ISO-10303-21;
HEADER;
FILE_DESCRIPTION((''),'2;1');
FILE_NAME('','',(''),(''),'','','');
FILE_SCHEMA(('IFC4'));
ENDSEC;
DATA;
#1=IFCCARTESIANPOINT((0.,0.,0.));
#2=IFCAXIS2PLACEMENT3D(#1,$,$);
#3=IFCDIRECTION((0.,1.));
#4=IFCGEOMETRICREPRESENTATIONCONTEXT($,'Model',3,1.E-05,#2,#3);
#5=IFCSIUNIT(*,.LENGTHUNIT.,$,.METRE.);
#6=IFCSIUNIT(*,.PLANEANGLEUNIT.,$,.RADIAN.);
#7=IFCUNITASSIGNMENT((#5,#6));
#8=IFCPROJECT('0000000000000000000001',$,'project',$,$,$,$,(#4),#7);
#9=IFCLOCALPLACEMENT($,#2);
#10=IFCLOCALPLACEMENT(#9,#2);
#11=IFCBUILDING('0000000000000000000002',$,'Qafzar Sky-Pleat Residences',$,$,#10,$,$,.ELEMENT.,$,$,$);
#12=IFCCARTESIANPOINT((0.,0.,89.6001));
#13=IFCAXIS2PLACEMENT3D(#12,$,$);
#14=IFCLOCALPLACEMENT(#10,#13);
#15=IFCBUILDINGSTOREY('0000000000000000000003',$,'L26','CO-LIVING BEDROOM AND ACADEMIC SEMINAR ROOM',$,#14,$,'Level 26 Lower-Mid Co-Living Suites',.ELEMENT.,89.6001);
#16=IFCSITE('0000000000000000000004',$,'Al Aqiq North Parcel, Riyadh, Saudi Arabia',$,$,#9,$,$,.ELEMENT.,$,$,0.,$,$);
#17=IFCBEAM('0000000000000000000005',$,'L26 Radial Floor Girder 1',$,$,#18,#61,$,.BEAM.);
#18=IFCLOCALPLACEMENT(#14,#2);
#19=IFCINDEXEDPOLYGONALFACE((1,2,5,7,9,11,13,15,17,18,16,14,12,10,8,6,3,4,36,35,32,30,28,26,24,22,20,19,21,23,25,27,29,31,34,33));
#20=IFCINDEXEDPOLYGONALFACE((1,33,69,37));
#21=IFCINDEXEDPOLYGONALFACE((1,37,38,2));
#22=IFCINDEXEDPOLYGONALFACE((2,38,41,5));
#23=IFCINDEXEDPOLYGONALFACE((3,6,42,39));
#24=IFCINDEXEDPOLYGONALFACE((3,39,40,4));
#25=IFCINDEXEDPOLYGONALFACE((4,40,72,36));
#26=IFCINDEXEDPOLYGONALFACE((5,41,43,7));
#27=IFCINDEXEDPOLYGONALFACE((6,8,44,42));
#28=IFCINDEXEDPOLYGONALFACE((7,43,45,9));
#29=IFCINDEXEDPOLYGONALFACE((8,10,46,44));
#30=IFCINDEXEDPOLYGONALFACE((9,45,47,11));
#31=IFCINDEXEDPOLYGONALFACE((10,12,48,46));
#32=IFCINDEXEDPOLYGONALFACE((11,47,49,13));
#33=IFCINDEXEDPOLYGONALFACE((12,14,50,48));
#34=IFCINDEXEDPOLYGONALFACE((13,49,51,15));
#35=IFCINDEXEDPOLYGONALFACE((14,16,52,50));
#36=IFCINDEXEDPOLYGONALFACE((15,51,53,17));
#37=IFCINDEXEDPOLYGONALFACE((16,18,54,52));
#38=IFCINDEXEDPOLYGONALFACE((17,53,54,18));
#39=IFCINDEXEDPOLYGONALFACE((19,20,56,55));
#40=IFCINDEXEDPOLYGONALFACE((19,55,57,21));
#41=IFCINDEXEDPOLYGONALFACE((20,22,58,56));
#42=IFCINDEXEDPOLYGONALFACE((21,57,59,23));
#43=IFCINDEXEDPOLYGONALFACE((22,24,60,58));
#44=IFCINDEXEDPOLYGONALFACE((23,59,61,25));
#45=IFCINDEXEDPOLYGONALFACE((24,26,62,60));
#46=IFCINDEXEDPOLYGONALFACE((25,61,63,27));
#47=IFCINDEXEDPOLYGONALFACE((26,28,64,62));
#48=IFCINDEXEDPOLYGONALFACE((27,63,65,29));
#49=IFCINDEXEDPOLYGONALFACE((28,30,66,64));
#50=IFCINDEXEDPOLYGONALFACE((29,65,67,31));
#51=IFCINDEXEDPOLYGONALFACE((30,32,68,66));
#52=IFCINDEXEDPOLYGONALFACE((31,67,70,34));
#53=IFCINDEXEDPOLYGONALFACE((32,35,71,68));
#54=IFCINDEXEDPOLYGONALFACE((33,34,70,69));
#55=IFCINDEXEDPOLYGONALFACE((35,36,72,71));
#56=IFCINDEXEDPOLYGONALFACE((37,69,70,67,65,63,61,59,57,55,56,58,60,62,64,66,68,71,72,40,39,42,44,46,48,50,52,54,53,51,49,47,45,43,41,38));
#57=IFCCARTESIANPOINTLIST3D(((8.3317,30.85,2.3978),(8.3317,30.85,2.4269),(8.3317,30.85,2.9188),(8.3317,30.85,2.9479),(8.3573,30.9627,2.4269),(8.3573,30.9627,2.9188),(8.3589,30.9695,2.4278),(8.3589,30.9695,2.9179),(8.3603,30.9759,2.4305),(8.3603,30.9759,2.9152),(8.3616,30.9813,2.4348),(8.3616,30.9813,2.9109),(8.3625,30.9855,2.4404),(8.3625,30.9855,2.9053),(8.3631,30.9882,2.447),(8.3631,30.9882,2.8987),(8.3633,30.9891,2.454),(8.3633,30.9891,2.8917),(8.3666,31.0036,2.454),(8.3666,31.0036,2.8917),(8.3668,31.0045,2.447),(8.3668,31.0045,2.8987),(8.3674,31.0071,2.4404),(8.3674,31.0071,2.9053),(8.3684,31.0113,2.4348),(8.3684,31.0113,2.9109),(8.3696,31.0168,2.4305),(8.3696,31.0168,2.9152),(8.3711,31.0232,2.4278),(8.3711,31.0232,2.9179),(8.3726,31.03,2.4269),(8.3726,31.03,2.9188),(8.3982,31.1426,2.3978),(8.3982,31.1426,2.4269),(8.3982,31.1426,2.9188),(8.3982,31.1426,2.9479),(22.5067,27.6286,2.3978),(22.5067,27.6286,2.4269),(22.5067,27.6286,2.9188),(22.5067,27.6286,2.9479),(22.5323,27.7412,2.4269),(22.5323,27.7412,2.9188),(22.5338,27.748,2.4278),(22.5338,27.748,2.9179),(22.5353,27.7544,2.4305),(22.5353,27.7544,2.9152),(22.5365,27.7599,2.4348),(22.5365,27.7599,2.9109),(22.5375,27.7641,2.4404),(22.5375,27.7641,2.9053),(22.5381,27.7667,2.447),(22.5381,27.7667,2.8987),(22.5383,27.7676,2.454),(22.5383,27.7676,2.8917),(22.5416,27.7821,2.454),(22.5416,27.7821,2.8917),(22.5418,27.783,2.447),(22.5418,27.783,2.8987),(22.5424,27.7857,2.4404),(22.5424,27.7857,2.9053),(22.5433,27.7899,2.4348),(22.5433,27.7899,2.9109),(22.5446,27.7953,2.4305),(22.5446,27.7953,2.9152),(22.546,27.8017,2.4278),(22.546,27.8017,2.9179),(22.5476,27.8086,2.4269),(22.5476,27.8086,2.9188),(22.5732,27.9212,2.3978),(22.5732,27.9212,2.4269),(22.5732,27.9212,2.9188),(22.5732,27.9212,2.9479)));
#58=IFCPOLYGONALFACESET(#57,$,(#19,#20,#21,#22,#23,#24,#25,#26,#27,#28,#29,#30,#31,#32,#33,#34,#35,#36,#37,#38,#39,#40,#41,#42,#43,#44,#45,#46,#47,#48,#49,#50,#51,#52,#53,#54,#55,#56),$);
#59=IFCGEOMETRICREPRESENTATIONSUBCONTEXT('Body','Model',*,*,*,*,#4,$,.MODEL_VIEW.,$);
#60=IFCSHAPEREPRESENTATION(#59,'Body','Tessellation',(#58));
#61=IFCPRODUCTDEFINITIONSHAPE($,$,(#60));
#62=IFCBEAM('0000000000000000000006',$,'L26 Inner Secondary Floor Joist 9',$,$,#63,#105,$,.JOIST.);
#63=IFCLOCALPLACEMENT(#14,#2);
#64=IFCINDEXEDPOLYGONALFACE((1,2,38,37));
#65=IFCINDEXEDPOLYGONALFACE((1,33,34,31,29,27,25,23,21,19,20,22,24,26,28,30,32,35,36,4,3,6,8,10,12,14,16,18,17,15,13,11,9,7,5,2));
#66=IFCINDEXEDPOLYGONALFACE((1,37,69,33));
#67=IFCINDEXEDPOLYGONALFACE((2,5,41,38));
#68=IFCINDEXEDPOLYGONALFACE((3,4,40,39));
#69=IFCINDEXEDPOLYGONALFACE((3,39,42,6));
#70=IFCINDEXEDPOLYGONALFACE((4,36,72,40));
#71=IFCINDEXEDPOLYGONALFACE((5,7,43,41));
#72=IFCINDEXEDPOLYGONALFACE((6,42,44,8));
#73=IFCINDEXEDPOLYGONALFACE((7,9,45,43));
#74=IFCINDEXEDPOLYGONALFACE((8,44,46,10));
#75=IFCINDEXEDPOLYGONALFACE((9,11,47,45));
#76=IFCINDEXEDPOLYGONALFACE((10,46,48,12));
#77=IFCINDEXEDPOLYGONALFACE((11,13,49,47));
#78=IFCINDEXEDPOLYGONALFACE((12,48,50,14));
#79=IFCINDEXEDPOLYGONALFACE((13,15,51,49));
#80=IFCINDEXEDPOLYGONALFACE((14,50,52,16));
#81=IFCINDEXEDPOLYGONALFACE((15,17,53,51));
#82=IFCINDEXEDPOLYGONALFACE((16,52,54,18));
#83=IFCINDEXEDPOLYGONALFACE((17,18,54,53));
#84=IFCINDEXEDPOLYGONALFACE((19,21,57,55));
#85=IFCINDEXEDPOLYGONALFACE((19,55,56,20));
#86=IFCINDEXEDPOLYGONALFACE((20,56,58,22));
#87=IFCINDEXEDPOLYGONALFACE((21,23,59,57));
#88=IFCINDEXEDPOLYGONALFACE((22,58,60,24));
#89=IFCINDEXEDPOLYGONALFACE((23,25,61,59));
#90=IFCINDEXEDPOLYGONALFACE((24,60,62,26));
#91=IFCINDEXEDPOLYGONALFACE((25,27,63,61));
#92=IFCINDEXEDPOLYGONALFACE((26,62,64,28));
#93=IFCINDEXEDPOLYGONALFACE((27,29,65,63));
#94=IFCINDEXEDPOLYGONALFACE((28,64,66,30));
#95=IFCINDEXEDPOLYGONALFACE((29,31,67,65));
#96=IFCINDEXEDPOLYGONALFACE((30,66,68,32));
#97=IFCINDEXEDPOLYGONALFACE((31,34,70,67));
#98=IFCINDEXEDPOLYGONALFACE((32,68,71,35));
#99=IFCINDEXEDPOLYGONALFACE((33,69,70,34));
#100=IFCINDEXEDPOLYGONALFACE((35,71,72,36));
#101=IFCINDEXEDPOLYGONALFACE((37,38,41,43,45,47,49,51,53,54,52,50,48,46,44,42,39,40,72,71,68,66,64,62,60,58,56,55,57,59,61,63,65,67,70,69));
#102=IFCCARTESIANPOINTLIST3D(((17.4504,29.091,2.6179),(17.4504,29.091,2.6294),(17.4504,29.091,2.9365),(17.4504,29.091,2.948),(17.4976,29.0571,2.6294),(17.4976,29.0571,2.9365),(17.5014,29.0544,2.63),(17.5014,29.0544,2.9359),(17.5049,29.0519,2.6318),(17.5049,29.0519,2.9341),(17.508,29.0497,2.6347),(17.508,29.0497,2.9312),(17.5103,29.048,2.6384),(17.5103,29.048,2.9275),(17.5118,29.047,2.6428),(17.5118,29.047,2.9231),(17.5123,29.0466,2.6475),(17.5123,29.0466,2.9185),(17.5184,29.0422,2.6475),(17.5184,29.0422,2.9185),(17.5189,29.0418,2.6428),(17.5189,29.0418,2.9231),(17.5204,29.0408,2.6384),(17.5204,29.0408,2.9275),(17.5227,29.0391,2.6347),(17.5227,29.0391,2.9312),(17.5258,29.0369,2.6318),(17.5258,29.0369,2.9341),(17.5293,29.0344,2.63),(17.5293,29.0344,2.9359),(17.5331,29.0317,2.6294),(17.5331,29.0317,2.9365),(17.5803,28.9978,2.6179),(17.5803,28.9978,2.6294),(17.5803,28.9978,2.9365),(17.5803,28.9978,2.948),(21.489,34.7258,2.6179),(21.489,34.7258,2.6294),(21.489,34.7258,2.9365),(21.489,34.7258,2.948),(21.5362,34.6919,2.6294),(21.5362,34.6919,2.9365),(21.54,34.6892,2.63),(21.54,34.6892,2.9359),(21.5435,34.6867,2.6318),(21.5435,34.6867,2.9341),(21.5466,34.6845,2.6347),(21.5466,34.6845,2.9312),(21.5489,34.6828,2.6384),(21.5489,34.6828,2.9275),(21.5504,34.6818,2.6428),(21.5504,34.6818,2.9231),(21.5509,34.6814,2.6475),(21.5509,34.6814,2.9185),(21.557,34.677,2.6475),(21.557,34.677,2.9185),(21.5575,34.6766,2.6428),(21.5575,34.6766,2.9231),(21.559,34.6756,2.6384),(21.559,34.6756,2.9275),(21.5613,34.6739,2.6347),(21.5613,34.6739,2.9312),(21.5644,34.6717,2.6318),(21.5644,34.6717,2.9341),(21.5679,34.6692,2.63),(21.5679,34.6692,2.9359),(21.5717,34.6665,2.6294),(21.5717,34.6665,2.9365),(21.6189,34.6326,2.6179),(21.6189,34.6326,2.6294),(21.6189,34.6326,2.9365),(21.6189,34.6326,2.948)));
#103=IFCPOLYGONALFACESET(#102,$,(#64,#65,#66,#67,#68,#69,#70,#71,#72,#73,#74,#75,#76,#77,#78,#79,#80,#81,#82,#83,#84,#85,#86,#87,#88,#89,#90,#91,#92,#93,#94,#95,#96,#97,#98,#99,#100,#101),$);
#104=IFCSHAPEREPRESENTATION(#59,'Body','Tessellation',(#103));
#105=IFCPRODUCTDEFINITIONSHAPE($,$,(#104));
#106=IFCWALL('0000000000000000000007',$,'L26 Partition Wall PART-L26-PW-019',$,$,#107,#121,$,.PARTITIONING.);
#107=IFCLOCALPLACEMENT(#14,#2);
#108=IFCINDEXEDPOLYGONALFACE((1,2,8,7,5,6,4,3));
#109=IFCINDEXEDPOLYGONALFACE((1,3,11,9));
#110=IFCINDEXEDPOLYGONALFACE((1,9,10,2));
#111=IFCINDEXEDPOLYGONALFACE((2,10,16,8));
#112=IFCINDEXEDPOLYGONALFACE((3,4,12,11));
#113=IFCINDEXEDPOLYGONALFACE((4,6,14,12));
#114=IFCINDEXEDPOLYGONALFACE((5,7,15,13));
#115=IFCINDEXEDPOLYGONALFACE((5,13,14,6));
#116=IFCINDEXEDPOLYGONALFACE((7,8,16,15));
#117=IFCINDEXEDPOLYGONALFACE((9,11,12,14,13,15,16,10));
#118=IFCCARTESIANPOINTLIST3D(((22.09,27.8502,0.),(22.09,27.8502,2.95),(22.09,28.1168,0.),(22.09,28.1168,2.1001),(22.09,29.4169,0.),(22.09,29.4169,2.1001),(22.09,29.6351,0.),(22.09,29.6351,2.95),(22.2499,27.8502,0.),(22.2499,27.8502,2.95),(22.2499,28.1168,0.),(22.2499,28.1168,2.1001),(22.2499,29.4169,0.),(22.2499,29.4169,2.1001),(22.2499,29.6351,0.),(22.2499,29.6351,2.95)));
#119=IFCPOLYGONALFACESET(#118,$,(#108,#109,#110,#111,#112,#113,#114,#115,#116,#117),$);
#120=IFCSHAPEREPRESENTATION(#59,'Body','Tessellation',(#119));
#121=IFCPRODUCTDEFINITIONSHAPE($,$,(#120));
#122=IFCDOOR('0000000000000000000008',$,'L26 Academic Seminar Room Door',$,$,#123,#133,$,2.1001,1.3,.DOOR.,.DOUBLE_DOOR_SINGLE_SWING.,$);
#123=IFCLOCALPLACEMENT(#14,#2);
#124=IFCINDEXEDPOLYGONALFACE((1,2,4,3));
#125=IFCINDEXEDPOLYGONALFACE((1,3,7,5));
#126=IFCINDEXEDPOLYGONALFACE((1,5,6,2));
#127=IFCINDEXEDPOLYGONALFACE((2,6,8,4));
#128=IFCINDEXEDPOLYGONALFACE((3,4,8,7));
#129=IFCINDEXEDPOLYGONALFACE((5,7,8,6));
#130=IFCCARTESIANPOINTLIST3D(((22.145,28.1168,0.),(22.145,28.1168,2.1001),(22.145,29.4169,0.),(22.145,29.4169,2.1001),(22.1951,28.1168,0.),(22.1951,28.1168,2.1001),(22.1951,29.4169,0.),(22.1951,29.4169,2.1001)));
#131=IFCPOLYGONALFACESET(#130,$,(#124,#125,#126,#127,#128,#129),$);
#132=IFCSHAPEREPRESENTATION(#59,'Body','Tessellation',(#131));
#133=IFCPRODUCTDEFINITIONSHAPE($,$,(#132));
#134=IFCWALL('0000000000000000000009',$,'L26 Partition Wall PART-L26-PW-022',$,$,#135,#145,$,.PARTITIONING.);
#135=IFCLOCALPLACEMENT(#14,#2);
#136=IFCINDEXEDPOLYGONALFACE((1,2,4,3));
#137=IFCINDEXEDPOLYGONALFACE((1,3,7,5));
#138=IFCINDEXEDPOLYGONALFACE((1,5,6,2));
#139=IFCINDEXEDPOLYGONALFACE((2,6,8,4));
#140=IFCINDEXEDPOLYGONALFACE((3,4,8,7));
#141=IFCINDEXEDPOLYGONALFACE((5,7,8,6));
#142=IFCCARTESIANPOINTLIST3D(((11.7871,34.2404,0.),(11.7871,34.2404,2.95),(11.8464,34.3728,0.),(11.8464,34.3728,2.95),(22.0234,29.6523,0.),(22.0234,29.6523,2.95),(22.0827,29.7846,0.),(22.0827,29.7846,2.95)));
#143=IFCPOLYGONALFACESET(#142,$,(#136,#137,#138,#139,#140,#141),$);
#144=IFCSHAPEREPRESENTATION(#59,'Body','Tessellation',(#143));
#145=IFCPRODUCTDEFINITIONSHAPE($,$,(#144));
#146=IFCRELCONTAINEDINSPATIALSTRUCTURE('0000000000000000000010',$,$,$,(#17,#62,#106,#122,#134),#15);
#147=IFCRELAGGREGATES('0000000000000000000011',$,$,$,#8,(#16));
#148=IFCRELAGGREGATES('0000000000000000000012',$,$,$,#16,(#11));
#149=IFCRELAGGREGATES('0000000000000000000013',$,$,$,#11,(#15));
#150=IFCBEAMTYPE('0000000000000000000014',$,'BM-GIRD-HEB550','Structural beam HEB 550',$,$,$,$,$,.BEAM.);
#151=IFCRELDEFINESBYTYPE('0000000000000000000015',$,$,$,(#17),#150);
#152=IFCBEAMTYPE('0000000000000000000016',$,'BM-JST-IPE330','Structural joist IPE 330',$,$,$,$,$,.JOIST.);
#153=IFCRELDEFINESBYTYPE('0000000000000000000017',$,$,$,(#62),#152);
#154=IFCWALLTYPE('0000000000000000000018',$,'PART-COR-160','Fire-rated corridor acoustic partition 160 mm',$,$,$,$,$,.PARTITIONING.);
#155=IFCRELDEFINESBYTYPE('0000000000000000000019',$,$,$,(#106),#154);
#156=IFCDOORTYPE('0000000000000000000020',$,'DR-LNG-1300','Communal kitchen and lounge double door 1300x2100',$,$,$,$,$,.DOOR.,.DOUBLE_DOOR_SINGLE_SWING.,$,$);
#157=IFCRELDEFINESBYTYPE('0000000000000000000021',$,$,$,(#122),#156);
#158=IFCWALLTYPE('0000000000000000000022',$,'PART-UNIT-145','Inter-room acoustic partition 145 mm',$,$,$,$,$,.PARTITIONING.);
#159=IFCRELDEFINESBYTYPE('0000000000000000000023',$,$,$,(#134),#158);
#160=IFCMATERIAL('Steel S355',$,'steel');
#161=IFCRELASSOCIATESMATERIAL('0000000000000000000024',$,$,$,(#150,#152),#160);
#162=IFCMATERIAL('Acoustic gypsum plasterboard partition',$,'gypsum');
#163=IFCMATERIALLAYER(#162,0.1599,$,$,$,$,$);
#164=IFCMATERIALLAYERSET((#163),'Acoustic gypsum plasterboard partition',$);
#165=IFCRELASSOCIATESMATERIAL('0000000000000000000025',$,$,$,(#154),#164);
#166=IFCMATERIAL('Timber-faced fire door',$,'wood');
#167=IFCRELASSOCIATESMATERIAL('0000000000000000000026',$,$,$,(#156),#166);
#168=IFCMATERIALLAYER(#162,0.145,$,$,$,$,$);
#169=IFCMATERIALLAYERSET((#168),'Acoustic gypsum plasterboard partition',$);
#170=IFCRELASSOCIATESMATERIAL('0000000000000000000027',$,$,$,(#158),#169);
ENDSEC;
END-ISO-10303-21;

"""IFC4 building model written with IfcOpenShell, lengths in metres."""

from ifc_helpers import new_model, si_unit, direction, frame, frame_2d, origin, origin_2d, place, context, subcontext, project, spatial, rectangle, i_section, extrude, source, transform, mapped, material, layer, layer_set, material_profile, profile_set, type_object, element, fill, save


model = new_model("IFC4")

# Units and contexts
model_context = context("Model", 3, precision=1e-05, world=origin(), true_north=direction((0.0, 1.0)))
body_context = subcontext(model_context, "Body", "Model", "MODEL_VIEW")
ifc_project = project(units=[si_unit("LENGTHUNIT", "METRE"), si_unit("PLANEANGLEUNIT", "RADIAN")], contexts=[model_context])

# Site, building, storey
site_placement = place(None, origin())
site = spatial("IfcSite", under=ifc_project, at=site_placement, Name="Al Aqiq North Parcel, Riyadh, Saudi Arabia", CompositionType="ELEMENT", RefElevation=0.0)
building_placement = place(site_placement, origin())
building = spatial("IfcBuilding", under=site, at=building_placement, Name="Qafzar Sky-Pleat Residences", CompositionType="ELEMENT")
storey_placement = place(building_placement, frame((0.0, 0.0, 89.6001)))
storey = spatial("IfcBuildingStorey", under=building, at=storey_placement, Name="L26", Description="CO-LIVING BEDROOM AND ACADEMIC SEMINAR ROOM", LongName="Level 26 Lower-Mid Co-Living Suites", CompositionType="ELEMENT", Elevation=89.6001)

# Beams
ifc_material_1 = material(Name="Steel S355", Category="steel")
ifc_material_profile_1 = material_profile(ifc_material_1, i_section(OverallWidth=0.3, OverallDepth=0.55, WebThickness=0.0149, FlangeThickness=0.0291, FilletRadius=0.0271, at=origin_2d()), Name="HEB 550")
ifc_profile_set_1 = profile_set([ifc_material_profile_1], Name="Steel S355")
beam_type_1 = type_object("IfcBeamType", Name="BM-GIRD-HEB550", Description="Structural beam HEB 550", PredefinedType="BEAM", material=ifc_profile_set_1)
shared_shape_1 = source(origin(), body_context, "Body", "SweptSolid", [
    extrude(i_section(OverallWidth=0.3, OverallDepth=0.55, WebThickness=0.0149, FlangeThickness=0.0291, FilletRadius=0.0271, at=origin_2d()), origin(), (0.0, 0.0, 1.0), 14.5364),
])
beam_1_placement = place(storey_placement, frame((8.365, 30.9963, 2.6729), z_axis=(0.975135, -0.221614, 0.0), x_axis=(0.221614, 0.975135, 0.0)))
element("IfcBeam", 1, at=beam_1_placement, inside=storey, type_object=beam_type_1, Name="L26 Radial Floor Girder 1", PredefinedType="BEAM", context=body_context, shape_type="MappedRepresentation", body=[
    mapped(shared_shape_1, transform((0.0, 0.0, 0.0), x_axis=(1.0, 0.0, 0.0), y_axis=(0.0, 1.0, 0.0), z_axis=(0.0, 0.0, 1.0), scale=1.0)),
])
ifc_material_profile_2 = material_profile(ifc_material_1, i_section(OverallWidth=0.1599, OverallDepth=0.3301, WebThickness=0.0076, FlangeThickness=0.0115, FilletRadius=0.0181, at=origin_2d()), Name="IPE 330")
ifc_profile_set_2 = profile_set([ifc_material_profile_2], Name="Steel S355")
beam_type_2 = type_object("IfcBeamType", Name="BM-JST-IPE330", Description="Structural joist IPE 330", PredefinedType="JOIST", material=ifc_profile_set_2)
shared_shape_2 = source(origin(), body_context, "Body", "SweptSolid", [
    extrude(i_section(OverallWidth=0.1599, OverallDepth=0.3301, WebThickness=0.0076, FlangeThickness=0.0115, FilletRadius=0.0181, at=origin_2d()), origin(), (0.0, 0.0, 1.0), 6.9326),
])
beam_2_placement = place(storey_placement, frame((21.554, 34.6792, 2.783), z_axis=(-0.58255, -0.812795, 0.0), x_axis=(0.812795, -0.58255, 0.0)))
element("IfcBeam", 2, at=beam_2_placement, inside=storey, type_object=beam_type_2, Name="L26 Inner Secondary Floor Joist 9", PredefinedType="JOIST", context=body_context, shape_type="MappedRepresentation", body=[
    mapped(shared_shape_2, transform((0.0, 0.0, 0.0), x_axis=(1.0, 0.0, 0.0), y_axis=(0.0, 1.0, 0.0), z_axis=(0.0, 0.0, 1.0), scale=1.0)),
])

# Wall, opening, door
ifc_material_2 = material(Name="Acoustic gypsum plasterboard partition", Category="gypsum")
ifc_layer_1 = layer(ifc_material_2, 0.1599)
ifc_layer_set_1 = layer_set([ifc_layer_1], Name="Acoustic gypsum plasterboard partition")
wall_type_1 = type_object("IfcWallType", Name="PART-COR-160", Description="Fire-rated corridor acoustic partition 160 mm", PredefinedType="PARTITIONING", material=ifc_layer_set_1)
wall_1_placement = place(storey_placement, frame((22.1699, 27.8501, 0.0), z_axis=(0.0, 0.0, 1.0), x_axis=(0.0, 1.0, 0.0)))
wall_1 = element("IfcWall", 3, at=wall_1_placement, inside=storey, type_object=wall_type_1, Name="L26 Partition Wall PART-L26-PW-019", PredefinedType="PARTITIONING", context=body_context, shape_type="SweptSolid", body=[
    extrude(rectangle(XDim=1.7849, YDim=0.1599, at=frame_2d((0.8926, 0.0))), origin(), (0.0, 0.0, 1.0), 2.95),
])
opening_1_placement = place(wall_1_placement, frame((0.2668, 0.0, 0.0)))
opening_1 = element("IfcOpeningElement", 4, at=opening_1_placement, cuts=wall_1, PredefinedType="OPENING", context=body_context, shape_type="SweptSolid", body=[
    extrude(rectangle(XDim=1.3, YDim=2.1001, at=frame_2d((0.6499, 1.05))), frame((0.0, 0.0898, 0.0), z_axis=(0.0, -1.0, 0.0), x_axis=(1.0, 0.0, 0.0)), (0.0, 0.0, 1.0), 0.1799),
])
ifc_material_3 = material(Name="Timber-faced fire door", Category="wood")
door_type = type_object("IfcDoorType", Name="DR-LNG-1300", Description="Communal kitchen and lounge double door 1300x2100", OperationType="DOUBLE_DOOR_SINGLE_SWING", PredefinedType="DOOR", material=ifc_material_3)
shared_shape_3 = source(origin(), body_context, "Body", "SweptSolid", [
    extrude(rectangle(XDim=1.3, YDim=2.1001, at=frame_2d((0.6499, 1.05))), frame((0.0, 0.0249, 0.0), z_axis=(0.0, -1.0, 0.0), x_axis=(1.0, 0.0, 0.0)), (0.0, 0.0, 1.0), 0.05),
])
door_placement = place(opening_1_placement, origin())
door = element("IfcDoor", 5, at=door_placement, inside=storey, type_object=door_type, Name="L26 Academic Seminar Room Door", OperationType="DOUBLE_DOOR_SINGLE_SWING", OverallHeight=2.1001, OverallWidth=1.3, PredefinedType="DOOR", context=body_context, shape_type="MappedRepresentation", body=[
    mapped(shared_shape_3, transform((0.0, 0.0, 0.0), x_axis=(1.0, 0.0, 0.0), y_axis=(0.0, 1.0, 0.0), z_axis=(0.0, 0.0, 1.0), scale=1.0)),
])
fill(opening_1, door)

# Wall
ifc_layer_2 = layer(ifc_material_2, 0.145)
ifc_layer_set_2 = layer_set([ifc_layer_2], Name="Acoustic gypsum plasterboard partition")
wall_type_2 = type_object("IfcWallType", Name="PART-UNIT-145", Description="Inter-room acoustic partition 145 mm", PredefinedType="PARTITIONING", material=ifc_layer_set_2)
wall_2_placement = place(storey_placement, frame((11.8167, 34.3066, 0.0), z_axis=(0.0, 0.0, 1.0), x_axis=(0.912528, -0.409014, 0.0)))
element("IfcWall", 6, at=wall_2_placement, inside=storey, type_object=wall_type_2, Name="L26 Partition Wall PART-L26-PW-022", PredefinedType="PARTITIONING", context=body_context, shape_type="SweptSolid", body=[
    extrude(rectangle(XDim=11.2175, YDim=0.145, at=frame_2d((5.6089, 0.0))), origin(), (0.0, 0.0, 1.0), 2.95),
])

save(model, "model.ifc")
